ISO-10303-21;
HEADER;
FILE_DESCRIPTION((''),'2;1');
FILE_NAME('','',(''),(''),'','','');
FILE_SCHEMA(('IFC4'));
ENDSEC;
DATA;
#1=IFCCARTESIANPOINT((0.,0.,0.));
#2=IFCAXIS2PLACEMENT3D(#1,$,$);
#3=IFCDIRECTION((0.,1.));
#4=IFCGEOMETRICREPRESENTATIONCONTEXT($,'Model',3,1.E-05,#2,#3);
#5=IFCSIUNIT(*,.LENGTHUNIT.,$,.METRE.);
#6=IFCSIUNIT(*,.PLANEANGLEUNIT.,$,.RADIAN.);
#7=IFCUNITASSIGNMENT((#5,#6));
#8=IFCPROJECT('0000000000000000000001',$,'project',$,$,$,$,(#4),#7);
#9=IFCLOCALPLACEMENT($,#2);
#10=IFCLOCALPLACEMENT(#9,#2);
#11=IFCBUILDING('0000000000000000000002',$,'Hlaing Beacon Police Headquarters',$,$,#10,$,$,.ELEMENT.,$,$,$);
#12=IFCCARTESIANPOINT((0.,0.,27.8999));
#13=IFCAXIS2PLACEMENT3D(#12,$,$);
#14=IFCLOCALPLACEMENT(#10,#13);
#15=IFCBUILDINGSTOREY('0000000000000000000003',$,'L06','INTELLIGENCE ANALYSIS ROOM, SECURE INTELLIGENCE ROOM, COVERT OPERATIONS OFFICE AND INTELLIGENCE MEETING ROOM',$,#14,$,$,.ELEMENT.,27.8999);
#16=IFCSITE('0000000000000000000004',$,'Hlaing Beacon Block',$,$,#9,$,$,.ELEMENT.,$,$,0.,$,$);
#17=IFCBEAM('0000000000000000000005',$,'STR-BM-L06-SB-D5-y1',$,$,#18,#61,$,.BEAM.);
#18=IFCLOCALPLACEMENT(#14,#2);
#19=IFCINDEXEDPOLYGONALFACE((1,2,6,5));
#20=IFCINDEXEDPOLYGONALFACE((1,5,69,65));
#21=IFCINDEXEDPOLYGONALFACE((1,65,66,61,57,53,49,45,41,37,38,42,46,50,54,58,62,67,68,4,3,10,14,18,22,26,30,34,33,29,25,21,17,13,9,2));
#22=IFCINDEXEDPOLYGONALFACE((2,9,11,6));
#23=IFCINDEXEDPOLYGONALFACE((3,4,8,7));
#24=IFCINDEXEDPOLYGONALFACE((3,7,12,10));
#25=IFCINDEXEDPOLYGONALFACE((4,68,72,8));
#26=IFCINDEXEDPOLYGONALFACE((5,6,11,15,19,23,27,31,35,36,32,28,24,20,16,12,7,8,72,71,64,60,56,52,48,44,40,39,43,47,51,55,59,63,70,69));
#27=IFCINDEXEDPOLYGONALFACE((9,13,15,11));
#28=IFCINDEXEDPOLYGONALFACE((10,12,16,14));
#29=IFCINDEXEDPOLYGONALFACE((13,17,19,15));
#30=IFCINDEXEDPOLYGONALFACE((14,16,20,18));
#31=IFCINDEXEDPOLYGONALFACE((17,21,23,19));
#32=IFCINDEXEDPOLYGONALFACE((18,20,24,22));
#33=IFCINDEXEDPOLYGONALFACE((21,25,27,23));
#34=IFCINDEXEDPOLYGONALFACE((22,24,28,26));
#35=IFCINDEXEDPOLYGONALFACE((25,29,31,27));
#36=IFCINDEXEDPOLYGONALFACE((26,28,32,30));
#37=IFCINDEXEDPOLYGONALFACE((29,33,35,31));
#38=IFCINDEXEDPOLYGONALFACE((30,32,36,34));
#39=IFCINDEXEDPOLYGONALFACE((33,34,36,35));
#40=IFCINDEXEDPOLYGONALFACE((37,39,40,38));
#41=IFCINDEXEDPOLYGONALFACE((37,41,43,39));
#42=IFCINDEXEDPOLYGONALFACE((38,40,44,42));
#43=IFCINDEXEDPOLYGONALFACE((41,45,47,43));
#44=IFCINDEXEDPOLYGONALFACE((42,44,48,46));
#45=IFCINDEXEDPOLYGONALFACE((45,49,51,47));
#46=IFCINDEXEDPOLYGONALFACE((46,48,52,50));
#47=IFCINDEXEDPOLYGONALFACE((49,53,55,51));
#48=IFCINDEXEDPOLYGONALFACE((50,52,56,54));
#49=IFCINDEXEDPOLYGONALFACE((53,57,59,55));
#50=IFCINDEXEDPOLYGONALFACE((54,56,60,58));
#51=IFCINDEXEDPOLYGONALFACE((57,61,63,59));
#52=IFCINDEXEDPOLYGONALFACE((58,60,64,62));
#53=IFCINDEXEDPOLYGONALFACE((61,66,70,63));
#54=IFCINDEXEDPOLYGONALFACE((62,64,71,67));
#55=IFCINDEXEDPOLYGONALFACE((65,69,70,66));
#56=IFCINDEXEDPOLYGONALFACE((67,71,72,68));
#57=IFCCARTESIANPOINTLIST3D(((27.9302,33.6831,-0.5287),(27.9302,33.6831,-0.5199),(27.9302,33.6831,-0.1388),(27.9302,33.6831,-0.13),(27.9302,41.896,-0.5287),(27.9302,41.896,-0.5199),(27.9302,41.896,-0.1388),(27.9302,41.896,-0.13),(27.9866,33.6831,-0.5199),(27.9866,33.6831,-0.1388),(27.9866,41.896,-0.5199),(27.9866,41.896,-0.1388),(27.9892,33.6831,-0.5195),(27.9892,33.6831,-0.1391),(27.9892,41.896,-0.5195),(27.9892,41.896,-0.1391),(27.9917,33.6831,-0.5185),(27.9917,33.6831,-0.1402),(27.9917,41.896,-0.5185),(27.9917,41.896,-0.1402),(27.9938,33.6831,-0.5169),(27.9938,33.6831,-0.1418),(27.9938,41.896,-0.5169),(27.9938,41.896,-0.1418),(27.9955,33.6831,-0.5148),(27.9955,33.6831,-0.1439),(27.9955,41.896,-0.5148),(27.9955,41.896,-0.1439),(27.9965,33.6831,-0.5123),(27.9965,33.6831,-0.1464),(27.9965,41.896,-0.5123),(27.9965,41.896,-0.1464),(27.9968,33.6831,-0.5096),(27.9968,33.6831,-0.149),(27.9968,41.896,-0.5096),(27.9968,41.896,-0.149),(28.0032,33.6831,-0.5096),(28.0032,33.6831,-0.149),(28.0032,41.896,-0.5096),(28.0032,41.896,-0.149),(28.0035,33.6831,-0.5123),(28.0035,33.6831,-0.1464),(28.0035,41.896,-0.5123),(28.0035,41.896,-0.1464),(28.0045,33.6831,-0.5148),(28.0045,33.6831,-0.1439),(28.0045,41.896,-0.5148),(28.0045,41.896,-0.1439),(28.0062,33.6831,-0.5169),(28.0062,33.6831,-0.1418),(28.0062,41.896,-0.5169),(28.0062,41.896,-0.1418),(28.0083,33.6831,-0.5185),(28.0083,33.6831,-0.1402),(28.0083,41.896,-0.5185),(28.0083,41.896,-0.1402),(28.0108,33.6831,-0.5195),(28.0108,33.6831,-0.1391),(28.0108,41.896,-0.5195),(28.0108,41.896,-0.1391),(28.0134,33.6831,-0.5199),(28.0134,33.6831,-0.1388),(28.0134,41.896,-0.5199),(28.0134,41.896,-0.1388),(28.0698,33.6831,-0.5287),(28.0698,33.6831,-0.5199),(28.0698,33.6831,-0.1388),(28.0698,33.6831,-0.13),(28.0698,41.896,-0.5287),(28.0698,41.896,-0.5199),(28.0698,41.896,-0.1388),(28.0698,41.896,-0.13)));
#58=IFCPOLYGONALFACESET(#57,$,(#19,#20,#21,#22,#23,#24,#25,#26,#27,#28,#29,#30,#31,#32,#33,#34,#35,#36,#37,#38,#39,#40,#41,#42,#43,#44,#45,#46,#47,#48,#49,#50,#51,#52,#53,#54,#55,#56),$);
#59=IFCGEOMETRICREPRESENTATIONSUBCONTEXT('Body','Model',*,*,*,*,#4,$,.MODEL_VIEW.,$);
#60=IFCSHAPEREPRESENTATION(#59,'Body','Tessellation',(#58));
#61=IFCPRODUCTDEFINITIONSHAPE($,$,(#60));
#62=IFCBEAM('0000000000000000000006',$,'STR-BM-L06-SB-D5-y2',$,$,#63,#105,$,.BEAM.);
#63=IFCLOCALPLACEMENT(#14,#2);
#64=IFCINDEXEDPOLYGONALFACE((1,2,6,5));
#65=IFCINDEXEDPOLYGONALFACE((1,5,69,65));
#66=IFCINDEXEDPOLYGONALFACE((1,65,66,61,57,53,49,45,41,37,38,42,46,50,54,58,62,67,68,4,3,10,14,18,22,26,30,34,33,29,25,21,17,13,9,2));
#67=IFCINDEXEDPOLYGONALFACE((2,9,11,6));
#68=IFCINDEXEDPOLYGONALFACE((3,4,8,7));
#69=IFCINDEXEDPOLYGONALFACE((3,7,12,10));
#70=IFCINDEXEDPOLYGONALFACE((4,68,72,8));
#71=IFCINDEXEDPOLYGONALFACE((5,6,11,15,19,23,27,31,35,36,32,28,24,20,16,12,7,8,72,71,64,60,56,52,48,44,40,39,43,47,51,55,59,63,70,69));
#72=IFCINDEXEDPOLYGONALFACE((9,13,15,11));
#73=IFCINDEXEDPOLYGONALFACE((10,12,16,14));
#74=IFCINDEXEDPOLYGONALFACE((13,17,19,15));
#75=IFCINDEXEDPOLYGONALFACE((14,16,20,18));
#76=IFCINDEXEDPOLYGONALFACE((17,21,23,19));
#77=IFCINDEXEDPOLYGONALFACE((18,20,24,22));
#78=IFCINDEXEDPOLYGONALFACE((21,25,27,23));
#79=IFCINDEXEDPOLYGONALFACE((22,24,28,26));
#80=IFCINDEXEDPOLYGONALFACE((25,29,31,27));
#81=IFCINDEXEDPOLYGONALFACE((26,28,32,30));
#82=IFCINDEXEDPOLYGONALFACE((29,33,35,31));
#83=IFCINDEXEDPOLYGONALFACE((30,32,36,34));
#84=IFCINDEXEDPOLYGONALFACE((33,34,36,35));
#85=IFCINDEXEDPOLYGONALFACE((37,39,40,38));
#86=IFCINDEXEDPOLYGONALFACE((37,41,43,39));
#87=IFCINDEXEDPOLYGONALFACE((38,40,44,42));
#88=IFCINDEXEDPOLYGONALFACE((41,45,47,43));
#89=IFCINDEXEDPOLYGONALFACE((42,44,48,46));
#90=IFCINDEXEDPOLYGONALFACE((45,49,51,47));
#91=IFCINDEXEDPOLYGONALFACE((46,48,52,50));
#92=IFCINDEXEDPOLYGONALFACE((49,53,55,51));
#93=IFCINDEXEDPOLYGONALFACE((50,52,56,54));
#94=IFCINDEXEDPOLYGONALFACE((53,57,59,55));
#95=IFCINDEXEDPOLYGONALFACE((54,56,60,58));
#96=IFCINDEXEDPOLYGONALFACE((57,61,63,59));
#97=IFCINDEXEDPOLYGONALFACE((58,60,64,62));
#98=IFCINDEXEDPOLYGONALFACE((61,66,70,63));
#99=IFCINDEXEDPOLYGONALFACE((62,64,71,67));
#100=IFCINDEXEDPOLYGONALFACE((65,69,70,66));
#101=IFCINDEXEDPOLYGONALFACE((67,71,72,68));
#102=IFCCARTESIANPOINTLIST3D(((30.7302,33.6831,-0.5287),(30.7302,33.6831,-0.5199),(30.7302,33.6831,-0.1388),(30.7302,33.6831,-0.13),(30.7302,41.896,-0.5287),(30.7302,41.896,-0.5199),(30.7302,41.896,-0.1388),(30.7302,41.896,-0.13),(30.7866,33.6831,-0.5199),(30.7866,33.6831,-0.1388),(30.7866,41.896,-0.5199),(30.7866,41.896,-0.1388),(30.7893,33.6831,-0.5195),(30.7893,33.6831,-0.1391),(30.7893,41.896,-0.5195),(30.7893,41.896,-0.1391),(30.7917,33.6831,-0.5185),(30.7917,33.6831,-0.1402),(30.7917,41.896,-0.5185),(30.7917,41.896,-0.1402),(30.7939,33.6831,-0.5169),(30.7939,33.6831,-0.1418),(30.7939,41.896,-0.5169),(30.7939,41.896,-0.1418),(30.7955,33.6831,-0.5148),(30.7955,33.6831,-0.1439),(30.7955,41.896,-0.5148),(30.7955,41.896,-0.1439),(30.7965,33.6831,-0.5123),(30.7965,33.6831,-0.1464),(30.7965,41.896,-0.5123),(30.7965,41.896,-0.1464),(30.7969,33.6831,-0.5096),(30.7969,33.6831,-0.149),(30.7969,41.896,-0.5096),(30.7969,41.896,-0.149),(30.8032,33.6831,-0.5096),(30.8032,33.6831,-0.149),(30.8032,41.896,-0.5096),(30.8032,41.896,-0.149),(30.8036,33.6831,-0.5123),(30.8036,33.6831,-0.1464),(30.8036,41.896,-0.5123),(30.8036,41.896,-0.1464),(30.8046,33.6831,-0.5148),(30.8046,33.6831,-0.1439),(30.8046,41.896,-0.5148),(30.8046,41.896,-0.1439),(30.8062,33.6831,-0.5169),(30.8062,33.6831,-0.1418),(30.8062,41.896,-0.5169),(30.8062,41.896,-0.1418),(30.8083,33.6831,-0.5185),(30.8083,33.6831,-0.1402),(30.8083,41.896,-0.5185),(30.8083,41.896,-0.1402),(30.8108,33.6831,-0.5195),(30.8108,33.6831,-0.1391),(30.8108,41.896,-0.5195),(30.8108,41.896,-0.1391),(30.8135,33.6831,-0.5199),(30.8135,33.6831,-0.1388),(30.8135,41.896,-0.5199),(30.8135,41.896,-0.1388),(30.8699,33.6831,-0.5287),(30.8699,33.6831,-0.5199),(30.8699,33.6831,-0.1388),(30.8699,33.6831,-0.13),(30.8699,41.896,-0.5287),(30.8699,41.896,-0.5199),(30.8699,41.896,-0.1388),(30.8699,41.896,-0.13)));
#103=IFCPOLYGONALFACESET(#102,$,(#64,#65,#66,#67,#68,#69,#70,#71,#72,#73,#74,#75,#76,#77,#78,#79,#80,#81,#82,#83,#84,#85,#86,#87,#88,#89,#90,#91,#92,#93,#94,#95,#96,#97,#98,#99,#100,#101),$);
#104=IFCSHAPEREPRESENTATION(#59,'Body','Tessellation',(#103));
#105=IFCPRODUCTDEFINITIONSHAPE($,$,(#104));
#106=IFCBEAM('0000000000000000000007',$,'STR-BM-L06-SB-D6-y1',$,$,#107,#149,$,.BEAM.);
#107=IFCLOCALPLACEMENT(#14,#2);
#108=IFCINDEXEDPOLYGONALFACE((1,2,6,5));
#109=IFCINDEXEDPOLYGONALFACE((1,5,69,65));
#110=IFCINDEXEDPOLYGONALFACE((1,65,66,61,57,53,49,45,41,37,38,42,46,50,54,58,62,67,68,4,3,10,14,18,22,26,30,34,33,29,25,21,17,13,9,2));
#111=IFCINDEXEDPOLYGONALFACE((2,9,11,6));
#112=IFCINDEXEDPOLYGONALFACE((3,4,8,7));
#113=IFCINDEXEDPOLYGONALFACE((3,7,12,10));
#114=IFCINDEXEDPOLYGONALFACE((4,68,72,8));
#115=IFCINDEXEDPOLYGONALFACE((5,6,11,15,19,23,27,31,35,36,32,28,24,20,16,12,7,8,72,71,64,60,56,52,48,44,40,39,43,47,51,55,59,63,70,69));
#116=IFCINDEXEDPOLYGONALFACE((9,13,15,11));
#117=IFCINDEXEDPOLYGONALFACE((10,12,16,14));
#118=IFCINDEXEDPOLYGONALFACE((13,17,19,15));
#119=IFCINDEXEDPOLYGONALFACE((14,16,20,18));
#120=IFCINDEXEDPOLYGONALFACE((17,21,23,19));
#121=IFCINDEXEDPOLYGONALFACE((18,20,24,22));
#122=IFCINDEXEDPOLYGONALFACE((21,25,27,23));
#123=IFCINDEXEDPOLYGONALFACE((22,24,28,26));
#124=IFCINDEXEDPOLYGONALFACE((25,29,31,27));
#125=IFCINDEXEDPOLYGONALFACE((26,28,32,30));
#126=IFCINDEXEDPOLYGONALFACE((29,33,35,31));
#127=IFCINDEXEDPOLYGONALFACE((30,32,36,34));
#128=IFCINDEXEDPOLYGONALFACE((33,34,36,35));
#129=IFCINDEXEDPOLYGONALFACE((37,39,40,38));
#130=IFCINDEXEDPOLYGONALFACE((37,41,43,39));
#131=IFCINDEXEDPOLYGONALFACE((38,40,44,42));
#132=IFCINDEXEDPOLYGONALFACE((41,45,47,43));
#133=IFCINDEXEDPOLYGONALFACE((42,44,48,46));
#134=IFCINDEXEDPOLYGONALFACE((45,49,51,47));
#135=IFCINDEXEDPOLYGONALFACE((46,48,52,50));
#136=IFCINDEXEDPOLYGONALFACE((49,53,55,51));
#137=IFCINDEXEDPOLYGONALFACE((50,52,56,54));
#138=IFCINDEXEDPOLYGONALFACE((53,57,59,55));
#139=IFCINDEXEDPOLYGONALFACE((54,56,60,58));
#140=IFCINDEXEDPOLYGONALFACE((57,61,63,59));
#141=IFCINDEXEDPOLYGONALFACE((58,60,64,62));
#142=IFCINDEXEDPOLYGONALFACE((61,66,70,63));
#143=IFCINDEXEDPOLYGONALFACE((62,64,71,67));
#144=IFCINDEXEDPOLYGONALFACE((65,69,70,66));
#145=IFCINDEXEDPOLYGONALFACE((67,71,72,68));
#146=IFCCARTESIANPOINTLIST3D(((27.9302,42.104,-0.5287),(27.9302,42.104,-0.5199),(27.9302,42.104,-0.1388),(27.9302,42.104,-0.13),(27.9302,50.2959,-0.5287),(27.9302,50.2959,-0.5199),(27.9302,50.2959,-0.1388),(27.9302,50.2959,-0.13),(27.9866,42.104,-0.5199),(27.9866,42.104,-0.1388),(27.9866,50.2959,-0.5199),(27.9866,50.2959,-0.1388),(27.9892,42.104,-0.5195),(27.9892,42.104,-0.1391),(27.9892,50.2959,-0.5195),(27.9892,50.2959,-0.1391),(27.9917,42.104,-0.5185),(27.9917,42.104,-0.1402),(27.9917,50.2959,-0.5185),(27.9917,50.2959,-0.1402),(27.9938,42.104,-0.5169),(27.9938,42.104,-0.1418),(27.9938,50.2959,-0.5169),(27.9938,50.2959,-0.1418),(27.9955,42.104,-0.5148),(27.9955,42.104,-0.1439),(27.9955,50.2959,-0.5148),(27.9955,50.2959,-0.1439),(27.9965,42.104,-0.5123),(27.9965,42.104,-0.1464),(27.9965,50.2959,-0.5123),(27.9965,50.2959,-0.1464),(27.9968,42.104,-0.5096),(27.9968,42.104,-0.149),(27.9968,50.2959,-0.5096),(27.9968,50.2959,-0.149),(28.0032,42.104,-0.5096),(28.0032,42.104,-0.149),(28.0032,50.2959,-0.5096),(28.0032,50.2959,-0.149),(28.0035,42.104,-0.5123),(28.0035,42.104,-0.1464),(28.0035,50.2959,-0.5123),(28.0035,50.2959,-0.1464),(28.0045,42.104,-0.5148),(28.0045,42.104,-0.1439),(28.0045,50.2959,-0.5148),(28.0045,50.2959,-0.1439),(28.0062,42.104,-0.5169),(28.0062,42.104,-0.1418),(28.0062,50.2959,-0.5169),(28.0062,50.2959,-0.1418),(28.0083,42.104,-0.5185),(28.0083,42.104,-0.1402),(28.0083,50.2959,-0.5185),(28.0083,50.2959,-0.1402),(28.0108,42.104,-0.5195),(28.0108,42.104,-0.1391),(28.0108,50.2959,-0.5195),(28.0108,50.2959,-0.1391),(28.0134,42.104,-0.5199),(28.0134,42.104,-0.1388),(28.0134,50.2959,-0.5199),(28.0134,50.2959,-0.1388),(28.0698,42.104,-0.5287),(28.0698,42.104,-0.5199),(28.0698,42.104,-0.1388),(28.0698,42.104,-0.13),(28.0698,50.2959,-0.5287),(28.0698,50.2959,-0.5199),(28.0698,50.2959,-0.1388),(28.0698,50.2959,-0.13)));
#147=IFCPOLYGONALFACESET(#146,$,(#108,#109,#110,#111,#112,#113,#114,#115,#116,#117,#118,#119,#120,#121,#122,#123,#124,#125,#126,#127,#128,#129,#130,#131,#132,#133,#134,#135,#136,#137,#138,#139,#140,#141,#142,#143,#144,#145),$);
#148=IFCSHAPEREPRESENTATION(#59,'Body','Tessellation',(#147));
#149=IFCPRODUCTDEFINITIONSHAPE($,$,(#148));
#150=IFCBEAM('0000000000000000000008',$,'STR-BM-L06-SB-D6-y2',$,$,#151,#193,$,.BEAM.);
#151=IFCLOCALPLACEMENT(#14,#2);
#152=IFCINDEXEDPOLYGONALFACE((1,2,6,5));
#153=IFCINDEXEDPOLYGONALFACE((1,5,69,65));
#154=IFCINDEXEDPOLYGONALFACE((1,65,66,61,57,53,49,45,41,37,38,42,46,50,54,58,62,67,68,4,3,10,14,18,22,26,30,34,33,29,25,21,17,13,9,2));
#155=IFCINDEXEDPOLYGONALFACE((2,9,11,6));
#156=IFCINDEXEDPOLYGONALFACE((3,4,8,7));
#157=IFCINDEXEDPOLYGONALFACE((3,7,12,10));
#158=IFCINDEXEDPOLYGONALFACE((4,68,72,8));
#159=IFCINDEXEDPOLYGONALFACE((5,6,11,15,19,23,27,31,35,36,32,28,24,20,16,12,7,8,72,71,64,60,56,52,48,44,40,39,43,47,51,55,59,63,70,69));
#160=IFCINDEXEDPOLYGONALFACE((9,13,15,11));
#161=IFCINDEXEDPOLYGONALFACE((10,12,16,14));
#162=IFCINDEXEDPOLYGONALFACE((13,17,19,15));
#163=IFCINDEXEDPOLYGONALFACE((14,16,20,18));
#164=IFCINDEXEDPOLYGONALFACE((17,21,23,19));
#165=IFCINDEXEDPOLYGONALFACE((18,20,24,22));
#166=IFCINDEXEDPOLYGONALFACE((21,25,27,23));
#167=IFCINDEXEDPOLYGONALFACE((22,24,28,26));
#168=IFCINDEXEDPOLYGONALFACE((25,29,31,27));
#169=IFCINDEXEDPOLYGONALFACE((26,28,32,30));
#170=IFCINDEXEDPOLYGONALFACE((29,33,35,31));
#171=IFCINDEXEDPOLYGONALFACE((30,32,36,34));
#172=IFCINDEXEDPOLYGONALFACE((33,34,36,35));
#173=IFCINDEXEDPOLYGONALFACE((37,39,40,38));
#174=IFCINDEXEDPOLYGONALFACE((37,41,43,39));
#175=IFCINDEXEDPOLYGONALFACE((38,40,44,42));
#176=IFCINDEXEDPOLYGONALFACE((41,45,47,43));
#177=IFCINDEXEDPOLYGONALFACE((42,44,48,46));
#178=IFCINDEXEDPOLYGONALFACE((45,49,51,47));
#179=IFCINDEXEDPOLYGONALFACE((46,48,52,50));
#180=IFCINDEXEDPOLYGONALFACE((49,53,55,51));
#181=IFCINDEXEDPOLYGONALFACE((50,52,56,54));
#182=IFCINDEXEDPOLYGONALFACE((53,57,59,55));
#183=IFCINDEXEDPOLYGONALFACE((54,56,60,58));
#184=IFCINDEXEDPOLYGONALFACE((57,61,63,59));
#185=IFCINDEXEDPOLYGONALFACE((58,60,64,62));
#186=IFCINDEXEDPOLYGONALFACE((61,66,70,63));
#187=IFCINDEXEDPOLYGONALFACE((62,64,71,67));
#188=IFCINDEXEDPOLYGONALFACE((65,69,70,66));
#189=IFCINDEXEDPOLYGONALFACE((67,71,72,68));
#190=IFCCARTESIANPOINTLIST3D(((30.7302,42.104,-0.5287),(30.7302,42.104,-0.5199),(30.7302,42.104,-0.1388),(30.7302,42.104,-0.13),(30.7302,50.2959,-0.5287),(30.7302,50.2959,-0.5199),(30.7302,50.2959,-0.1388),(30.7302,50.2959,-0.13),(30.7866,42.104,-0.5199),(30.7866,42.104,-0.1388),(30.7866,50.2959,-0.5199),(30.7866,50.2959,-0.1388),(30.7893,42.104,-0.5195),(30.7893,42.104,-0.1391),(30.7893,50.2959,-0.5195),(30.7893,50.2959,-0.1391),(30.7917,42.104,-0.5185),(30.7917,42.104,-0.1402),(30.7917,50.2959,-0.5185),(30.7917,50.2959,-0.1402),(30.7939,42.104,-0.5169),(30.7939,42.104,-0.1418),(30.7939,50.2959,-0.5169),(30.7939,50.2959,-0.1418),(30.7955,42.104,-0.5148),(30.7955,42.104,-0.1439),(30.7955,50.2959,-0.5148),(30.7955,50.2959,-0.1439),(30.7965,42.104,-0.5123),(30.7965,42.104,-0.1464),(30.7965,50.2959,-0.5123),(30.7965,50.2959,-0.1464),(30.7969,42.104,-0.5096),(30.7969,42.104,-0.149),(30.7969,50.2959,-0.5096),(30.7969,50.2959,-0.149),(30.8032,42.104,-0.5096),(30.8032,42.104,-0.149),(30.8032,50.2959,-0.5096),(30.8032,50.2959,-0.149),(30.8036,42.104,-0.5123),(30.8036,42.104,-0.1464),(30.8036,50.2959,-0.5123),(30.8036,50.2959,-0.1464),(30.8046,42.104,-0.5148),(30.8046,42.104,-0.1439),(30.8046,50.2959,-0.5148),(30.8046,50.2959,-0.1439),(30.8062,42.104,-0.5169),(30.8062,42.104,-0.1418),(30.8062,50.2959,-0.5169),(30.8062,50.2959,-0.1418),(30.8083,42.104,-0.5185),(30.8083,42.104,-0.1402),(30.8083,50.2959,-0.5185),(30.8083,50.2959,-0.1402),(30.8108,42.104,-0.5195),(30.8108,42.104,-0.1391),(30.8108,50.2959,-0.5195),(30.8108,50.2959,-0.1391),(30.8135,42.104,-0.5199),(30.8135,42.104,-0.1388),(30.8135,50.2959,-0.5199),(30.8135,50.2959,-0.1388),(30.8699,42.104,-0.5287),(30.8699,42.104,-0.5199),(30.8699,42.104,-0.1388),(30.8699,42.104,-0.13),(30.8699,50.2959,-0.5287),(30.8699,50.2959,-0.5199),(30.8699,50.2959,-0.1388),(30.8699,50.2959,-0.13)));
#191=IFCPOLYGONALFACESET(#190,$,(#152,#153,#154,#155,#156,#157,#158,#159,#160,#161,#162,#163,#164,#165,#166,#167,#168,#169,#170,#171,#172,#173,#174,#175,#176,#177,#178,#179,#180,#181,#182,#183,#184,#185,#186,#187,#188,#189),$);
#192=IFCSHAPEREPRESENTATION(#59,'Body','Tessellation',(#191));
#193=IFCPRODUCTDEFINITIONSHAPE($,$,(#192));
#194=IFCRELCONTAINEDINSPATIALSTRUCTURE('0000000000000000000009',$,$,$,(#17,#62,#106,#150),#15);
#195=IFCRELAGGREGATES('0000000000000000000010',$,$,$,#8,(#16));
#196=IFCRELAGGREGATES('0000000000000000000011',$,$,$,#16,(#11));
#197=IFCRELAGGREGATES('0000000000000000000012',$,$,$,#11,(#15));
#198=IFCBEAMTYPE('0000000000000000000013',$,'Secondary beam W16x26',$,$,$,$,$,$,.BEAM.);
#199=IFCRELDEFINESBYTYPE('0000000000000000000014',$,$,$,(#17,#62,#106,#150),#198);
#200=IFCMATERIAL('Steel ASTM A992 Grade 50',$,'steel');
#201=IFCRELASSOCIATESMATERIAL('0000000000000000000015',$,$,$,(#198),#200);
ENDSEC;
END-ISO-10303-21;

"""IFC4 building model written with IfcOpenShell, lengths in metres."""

from ifc_helpers import new_model, si_unit, direction, frame, origin, origin_2d, place, context, subcontext, project, spatial, i_section, extrude, material, material_profile, profile_set, type_object, element, save


model = new_model("IFC4")

# Units and contexts
model_context = context("Model", 3, precision=1e-05, world=origin(), true_north=direction((0.0, 1.0)))
body_context = subcontext(model_context, "Body", "Model", "MODEL_VIEW")
ifc_project = project(units=[si_unit("LENGTHUNIT", "METRE"), si_unit("PLANEANGLEUNIT", "RADIAN")], contexts=[model_context])

# Site, building, storey
site_placement = place(None, origin())
site = spatial("IfcSite", under=ifc_project, at=site_placement, Name="Hlaing Beacon Block", CompositionType="ELEMENT", RefElevation=0.0)
building_placement = place(site_placement, origin())
building = spatial("IfcBuilding", under=site, at=building_placement, Name="Hlaing Beacon Police Headquarters", CompositionType="ELEMENT")
storey_placement = place(building_placement, frame((0.0, 0.0, 27.8999)))
storey = spatial("IfcBuildingStorey", under=building, at=storey_placement, Name="L06", Description="INTELLIGENCE ANALYSIS ROOM, SECURE INTELLIGENCE ROOM, COVERT OPERATIONS OFFICE AND INTELLIGENCE MEETING ROOM", CompositionType="ELEMENT", Elevation=27.8999)

# Beams
ifc_material_1 = material(Name="Steel ASTM A992 Grade 50", Category="steel")
ifc_material_profile_1 = material_profile(ifc_material_1, i_section(OverallWidth=0.1396, OverallDepth=0.3987, WebThickness=0.0063, FlangeThickness=0.0088, FilletRadius=0.0103, at=origin_2d()), Name="W16x26")
ifc_profile_set_1 = profile_set([ifc_material_profile_1], Name="Steel ASTM A992 Grade 50")
beam_type_1 = type_object("IfcBeamType", Name="Secondary beam W16x26", PredefinedType="BEAM", material=ifc_profile_set_1)
for number, where, z_axis, x_axis, name in (
    (1, (28.0, 33.6831, -0.3293), (0.0, 1.0, 0.0), (-1.0, 0.0, 0.0), "STR-BM-L06-SB-D5-y1"),
    (2, (30.8, 33.6831, -0.3293), (0.0, 1.0, 0.0), (-1.0, 0.0, 0.0), "STR-BM-L06-SB-D5-y2"),
):
    element("IfcBeam", number, at=place(storey_placement, frame(where, z_axis=z_axis, x_axis=x_axis)), inside=storey, type_object=beam_type_1, Name=name, PredefinedType="BEAM", context=body_context, shape_type="SweptSolid", body=[
        extrude(i_section(OverallWidth=0.1396, OverallDepth=0.3987, WebThickness=0.0063, FlangeThickness=0.0088, FilletRadius=0.0103, at=origin_2d()), origin(), (0.0, 0.0, 1.0), 8.2129),
    ])
for number, where, z_axis, x_axis, name in (
    (3, (28.0, 42.104, -0.3293), (0.0, 1.0, 0.0), (-1.0, 0.0, 0.0), "STR-BM-L06-SB-D6-y1"),
    (4, (30.8, 42.104, -0.3293), (0.0, 1.0, 0.0), (-1.0, 0.0, 0.0), "STR-BM-L06-SB-D6-y2"),
):
    element("IfcBeam", number, at=place(storey_placement, frame(where, z_axis=z_axis, x_axis=x_axis)), inside=storey, type_object=beam_type_1, Name=name, PredefinedType="BEAM", context=body_context, shape_type="SweptSolid", body=[
        extrude(i_section(OverallWidth=0.1396, OverallDepth=0.3987, WebThickness=0.0063, FlangeThickness=0.0088, FilletRadius=0.0103, at=origin_2d()), origin(), (0.0, 0.0, 1.0), 8.1919),
    ])

save(model, "model.ifc")
